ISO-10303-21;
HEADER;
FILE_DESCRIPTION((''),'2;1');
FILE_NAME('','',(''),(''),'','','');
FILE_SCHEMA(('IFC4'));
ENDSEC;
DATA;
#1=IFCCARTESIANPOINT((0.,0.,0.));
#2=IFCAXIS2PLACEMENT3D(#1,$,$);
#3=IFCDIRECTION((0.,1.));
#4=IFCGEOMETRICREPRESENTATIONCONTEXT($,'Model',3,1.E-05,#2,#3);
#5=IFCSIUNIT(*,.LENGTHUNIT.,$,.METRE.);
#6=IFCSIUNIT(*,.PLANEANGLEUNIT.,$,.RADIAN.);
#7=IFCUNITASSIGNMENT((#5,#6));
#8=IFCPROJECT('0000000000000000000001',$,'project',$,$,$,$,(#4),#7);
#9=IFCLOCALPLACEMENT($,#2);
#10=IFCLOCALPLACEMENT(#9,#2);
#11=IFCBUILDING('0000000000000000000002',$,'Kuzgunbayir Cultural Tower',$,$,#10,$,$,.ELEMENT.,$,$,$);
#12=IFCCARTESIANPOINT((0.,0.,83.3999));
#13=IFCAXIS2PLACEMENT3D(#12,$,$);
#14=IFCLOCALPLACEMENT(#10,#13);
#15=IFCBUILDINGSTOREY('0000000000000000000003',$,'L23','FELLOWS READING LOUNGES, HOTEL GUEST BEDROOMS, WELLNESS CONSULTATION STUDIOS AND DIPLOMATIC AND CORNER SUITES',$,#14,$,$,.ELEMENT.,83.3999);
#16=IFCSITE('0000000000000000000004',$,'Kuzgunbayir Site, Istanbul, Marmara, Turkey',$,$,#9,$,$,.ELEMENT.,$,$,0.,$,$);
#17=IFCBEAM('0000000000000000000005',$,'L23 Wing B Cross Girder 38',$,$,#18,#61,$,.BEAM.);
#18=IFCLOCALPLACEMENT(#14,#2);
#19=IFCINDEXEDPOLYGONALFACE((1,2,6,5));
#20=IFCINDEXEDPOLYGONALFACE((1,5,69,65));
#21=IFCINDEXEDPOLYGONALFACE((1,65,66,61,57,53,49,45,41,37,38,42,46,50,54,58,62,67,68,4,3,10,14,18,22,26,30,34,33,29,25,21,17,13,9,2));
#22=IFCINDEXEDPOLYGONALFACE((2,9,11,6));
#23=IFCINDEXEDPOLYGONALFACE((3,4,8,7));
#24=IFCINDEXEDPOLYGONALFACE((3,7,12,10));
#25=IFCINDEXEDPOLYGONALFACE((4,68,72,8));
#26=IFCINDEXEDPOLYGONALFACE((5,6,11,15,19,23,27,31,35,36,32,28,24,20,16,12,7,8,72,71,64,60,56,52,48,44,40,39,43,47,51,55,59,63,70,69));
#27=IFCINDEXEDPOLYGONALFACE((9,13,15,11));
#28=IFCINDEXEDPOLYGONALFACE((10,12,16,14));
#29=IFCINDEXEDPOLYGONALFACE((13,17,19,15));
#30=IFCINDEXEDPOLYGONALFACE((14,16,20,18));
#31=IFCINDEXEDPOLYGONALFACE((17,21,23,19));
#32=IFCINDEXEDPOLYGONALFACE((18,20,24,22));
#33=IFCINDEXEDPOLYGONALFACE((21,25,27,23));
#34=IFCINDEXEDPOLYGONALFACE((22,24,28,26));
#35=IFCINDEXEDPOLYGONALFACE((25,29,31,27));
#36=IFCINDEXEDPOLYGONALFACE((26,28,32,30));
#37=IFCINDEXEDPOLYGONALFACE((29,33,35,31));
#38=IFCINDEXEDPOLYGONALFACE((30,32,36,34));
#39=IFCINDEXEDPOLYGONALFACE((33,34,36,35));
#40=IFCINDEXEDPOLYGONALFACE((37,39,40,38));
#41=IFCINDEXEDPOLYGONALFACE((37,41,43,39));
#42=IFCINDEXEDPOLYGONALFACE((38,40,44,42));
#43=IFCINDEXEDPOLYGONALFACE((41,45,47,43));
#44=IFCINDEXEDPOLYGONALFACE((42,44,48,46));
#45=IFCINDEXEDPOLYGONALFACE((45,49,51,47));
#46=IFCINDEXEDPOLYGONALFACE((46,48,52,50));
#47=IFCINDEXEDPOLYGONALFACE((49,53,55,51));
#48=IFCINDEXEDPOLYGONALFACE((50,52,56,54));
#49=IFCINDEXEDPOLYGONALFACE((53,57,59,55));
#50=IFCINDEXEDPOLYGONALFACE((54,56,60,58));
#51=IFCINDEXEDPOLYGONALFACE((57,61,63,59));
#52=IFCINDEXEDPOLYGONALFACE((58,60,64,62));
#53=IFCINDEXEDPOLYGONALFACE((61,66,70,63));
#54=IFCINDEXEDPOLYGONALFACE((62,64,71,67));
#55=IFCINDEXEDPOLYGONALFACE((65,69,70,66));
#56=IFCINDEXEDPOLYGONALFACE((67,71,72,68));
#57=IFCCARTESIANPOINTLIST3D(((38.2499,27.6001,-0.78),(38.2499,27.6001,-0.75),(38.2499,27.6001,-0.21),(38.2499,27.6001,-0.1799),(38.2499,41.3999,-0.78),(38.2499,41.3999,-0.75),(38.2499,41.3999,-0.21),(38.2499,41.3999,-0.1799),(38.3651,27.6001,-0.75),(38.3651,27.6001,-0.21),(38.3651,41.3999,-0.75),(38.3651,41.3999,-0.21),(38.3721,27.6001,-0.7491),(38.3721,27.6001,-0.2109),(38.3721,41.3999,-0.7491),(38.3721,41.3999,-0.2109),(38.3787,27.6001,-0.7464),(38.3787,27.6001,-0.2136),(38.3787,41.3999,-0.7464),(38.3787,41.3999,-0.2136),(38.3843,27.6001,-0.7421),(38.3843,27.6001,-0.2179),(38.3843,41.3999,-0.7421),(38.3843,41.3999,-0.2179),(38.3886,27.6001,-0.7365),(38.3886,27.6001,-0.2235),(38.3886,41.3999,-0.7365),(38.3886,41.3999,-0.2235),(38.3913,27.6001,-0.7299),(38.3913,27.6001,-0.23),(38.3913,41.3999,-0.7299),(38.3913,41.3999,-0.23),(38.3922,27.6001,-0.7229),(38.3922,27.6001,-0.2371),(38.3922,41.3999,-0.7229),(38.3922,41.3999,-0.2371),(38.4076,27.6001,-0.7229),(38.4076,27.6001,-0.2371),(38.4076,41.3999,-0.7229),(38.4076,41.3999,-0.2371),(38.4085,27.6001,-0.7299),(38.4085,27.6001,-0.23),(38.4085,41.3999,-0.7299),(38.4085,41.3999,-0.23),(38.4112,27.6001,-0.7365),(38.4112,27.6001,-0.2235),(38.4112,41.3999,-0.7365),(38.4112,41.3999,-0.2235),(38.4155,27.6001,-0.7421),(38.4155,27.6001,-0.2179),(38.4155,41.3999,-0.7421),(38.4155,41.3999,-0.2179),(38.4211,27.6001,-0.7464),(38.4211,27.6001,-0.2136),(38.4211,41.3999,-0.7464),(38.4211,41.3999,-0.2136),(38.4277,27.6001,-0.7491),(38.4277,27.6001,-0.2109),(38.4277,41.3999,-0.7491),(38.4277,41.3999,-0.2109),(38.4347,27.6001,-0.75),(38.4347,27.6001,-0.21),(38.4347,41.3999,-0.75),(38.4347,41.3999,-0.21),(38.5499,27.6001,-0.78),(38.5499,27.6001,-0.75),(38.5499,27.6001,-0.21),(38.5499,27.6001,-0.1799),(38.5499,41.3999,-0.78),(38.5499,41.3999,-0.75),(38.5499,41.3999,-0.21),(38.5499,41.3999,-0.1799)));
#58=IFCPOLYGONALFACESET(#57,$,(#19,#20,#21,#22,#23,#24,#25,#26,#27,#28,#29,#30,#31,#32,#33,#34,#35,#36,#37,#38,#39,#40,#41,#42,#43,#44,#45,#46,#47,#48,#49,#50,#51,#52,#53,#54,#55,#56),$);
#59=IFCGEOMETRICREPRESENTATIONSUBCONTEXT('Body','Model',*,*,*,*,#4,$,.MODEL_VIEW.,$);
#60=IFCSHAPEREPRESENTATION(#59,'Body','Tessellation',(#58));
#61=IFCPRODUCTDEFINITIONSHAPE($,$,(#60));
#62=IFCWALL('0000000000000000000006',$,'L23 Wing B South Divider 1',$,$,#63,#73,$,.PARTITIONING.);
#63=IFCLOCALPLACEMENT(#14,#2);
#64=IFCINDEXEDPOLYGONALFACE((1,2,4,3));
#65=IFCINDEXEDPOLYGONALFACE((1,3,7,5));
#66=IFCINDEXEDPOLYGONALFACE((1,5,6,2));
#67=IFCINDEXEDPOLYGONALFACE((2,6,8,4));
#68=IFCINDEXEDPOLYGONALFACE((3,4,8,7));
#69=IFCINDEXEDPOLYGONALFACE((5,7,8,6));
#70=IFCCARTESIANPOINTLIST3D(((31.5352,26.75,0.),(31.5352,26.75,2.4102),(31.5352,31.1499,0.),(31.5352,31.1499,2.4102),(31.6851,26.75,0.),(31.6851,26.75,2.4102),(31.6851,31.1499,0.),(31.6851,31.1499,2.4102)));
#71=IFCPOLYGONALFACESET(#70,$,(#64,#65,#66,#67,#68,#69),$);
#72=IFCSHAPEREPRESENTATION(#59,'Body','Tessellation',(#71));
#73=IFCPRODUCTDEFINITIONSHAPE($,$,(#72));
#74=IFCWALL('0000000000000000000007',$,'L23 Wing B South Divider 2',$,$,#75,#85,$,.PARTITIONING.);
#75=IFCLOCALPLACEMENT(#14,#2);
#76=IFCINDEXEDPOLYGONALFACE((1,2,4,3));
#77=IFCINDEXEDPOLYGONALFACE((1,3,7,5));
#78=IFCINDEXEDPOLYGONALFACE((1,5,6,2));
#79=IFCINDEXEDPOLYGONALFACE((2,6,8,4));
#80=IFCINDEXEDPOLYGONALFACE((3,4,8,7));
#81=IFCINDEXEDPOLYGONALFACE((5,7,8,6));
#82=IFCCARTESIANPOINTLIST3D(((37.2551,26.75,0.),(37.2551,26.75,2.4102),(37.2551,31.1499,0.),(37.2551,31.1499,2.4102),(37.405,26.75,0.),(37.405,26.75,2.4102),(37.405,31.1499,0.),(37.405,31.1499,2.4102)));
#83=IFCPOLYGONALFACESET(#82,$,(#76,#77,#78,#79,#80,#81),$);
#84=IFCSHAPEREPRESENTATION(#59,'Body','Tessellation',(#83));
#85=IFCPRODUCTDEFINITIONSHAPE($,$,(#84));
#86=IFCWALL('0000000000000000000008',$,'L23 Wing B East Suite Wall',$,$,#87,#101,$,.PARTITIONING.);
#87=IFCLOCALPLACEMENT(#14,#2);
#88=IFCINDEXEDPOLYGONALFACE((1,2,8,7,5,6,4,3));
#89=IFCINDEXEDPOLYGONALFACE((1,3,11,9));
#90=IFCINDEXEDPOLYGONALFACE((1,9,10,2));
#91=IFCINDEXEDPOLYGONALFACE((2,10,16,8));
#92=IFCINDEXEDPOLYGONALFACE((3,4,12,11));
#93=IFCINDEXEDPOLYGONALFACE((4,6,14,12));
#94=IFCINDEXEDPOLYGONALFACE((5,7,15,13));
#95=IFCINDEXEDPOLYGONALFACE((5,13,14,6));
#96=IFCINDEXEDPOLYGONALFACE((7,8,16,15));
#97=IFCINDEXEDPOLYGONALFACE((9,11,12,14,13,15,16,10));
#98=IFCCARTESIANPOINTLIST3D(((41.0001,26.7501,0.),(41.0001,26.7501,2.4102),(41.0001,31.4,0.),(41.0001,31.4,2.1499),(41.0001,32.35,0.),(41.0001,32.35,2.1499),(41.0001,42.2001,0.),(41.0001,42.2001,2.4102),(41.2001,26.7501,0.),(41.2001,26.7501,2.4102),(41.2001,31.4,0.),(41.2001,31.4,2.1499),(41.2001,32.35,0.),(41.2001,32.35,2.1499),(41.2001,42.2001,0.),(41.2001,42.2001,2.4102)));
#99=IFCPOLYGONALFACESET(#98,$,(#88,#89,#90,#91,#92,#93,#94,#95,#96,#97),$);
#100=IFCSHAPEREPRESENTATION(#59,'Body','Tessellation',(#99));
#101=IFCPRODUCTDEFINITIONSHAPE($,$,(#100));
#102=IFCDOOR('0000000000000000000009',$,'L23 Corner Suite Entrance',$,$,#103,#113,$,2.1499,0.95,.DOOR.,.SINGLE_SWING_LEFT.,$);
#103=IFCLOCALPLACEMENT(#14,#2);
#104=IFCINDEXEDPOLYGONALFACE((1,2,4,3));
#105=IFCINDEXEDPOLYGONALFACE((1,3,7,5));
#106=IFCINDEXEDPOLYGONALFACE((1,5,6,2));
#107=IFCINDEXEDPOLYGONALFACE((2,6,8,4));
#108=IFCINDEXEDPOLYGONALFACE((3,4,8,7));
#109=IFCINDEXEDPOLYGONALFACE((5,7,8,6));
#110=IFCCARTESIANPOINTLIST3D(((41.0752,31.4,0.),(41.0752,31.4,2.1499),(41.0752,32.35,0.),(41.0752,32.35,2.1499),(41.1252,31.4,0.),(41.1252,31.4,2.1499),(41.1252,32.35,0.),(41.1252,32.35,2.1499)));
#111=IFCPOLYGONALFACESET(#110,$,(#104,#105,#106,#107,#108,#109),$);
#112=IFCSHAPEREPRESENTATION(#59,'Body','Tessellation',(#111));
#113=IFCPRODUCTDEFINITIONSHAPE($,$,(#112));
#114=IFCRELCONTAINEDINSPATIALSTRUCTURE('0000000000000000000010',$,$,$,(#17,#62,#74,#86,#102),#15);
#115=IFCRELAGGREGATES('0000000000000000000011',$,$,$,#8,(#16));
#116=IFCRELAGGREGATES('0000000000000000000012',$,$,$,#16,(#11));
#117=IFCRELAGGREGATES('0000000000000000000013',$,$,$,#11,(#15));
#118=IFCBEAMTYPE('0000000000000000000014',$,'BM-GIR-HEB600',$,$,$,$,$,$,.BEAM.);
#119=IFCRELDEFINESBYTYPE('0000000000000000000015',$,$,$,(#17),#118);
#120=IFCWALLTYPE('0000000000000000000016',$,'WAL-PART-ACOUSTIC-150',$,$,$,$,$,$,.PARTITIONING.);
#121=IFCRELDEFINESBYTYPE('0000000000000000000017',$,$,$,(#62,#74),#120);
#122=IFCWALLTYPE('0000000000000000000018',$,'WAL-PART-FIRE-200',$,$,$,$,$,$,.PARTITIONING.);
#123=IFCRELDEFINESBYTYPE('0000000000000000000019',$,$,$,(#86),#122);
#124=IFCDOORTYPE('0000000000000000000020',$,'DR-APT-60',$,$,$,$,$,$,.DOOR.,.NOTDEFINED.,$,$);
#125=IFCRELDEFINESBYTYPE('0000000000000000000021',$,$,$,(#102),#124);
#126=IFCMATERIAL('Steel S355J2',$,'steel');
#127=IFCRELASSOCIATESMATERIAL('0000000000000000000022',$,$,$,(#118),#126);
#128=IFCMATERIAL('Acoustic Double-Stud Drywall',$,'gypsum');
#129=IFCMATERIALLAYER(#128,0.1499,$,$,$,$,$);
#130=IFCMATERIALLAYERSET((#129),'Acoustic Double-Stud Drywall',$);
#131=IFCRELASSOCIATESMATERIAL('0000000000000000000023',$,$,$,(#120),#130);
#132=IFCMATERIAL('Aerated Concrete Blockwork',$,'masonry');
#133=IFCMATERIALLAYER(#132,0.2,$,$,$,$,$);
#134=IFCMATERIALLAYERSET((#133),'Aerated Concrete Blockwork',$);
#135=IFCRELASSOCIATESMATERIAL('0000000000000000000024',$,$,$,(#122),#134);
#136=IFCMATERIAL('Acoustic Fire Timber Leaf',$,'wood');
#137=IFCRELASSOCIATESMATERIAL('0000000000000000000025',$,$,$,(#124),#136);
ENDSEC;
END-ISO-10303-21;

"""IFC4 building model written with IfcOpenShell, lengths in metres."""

from ifc_helpers import new_model, si_unit, direction, frame, frame_2d, origin, origin_2d, place, context, subcontext, project, spatial, rectangle, i_section, extrude, material, layer, layer_set, material_profile, profile_set, type_object, element, fill, save


model = new_model("IFC4")

# Units and contexts
model_context = context("Model", 3, precision=1e-05, world=origin(), true_north=direction((0.0, 1.0)))
body_context = subcontext(model_context, "Body", "Model", "MODEL_VIEW")
ifc_project = project(units=[si_unit("LENGTHUNIT", "METRE"), si_unit("PLANEANGLEUNIT", "RADIAN")], contexts=[model_context])

# Site, building, storey
site_placement = place(None, origin())
site = spatial("IfcSite", under=ifc_project, at=site_placement, Name="Kuzgunbayir Site, Istanbul, Marmara, Turkey", CompositionType="ELEMENT", RefElevation=0.0)
building_placement = place(site_placement, origin())
building = spatial("IfcBuilding", under=site, at=building_placement, Name="Kuzgunbayir Cultural Tower", CompositionType="ELEMENT")
storey_placement = place(building_placement, frame((0.0, 0.0, 83.3999)))
storey = spatial("IfcBuildingStorey", under=building, at=storey_placement, Name="L23", Description="FELLOWS READING LOUNGES, HOTEL GUEST BEDROOMS, WELLNESS CONSULTATION STUDIOS AND DIPLOMATIC AND CORNER SUITES", CompositionType="ELEMENT", Elevation=83.3999)

# Beam
ifc_material_1 = material(Name="Steel S355J2", Category="steel")
ifc_material_profile_1 = material_profile(ifc_material_1, i_section(OverallWidth=0.3, OverallDepth=0.6001, WebThickness=0.0154, FlangeThickness=0.03, FilletRadius=0.0271, at=origin_2d()), Name="HEB 600")
ifc_profile_set_1 = profile_set([ifc_material_profile_1], Name="Steel S355J2")
beam_type_1 = type_object("IfcBeamType", Name="BM-GIR-HEB600", PredefinedType="BEAM", material=ifc_profile_set_1)
beam_1_placement = place(storey_placement, frame((38.3999, 27.6001, -0.48), z_axis=(0.0, 1.0, 0.0), x_axis=(-1.0, 0.0, 0.0)))
element("IfcBeam", 1, at=beam_1_placement, inside=storey, type_object=beam_type_1, Name="L23 Wing B Cross Girder 38", PredefinedType="BEAM", context=body_context, shape_type="SweptSolid", body=[
    extrude(i_section(OverallWidth=0.3, OverallDepth=0.6001, WebThickness=0.0154, FlangeThickness=0.03, FilletRadius=0.0271, at=origin_2d()), origin(), (0.0, 0.0, 1.0), 13.7998),
])

# Walls
ifc_material_2 = material(Name="Acoustic Double-Stud Drywall", Category="gypsum")
ifc_layer_1 = layer(ifc_material_2, 0.1499)
ifc_layer_set_1 = layer_set([ifc_layer_1], Name="Acoustic Double-Stud Drywall")
wall_type_1 = type_object("IfcWallType", Name="WAL-PART-ACOUSTIC-150", PredefinedType="PARTITIONING", material=ifc_layer_set_1)
for number, where, z_axis, x_axis, name in (
    (2, (31.6101, 26.75, 0.0), (0.0, 0.0, 1.0), (0.0, 1.0, 0.0), "L23 Wing B South Divider 1"),
    (3, (37.3301, 26.75, 0.0), (0.0, 0.0, 1.0), (0.0, 1.0, 0.0), "L23 Wing B South Divider 2"),
):
    element("IfcWall", number, at=place(storey_placement, frame(where, z_axis=z_axis, x_axis=x_axis)), inside=storey, type_object=wall_type_1, Name=name, PredefinedType="PARTITIONING", context=body_context, shape_type="SweptSolid", body=[
        extrude(rectangle(XDim=4.3999, YDim=0.1499, at=frame_2d((2.2, 0.0))), origin(), (0.0, 0.0, 1.0), 2.4102),
    ])

# Wall, opening, door
ifc_material_3 = material(Name="Aerated Concrete Blockwork", Category="masonry")
ifc_layer_2 = layer(ifc_material_3, 0.2)
ifc_layer_set_2 = layer_set([ifc_layer_2], Name="Aerated Concrete Blockwork")
wall_type_2 = type_object("IfcWallType", Name="WAL-PART-FIRE-200", PredefinedType="PARTITIONING", material=ifc_layer_set_2)
wall_placement = place(storey_placement, frame((41.1001, 26.75, 0.0), z_axis=(0.0, 0.0, 1.0), x_axis=(0.0, 1.0, 0.0)))
wall = element("IfcWall", 4, at=wall_placement, inside=storey, type_object=wall_type_2, Name="L23 Wing B East Suite Wall", PredefinedType="PARTITIONING", context=body_context, shape_type="SweptSolid", body=[
    extrude(rectangle(XDim=15.45, YDim=0.2, at=frame_2d((7.7251, 0.0))), origin(), (0.0, 0.0, 1.0), 2.4102),
])
opening_placement = place(wall_placement, frame((4.6499, 0.0, 0.0)))
opening = element("IfcOpeningElement", 5, at=opening_placement, cuts=wall, PredefinedType="OPENING", context=body_context, shape_type="SweptSolid", body=[
    extrude(rectangle(XDim=0.95, YDim=2.1499, at=frame_2d((0.4751, 1.075))), frame((0.0, 0.1099, 0.0), z_axis=(0.0, -1.0, 0.0), x_axis=(1.0, 0.0, 0.0)), (0.0, 0.0, 1.0), 0.22),
])
ifc_material_4 = material(Name="Acoustic Fire Timber Leaf", Category="wood")
door_type = type_object("IfcDoorType", Name="DR-APT-60", OperationType="NOTDEFINED", PredefinedType="DOOR", material=ifc_material_4)
door_placement = place(opening_placement, origin())
door = element("IfcDoor", 6, at=door_placement, inside=storey, type_object=door_type, Name="L23 Corner Suite Entrance", OperationType="SINGLE_SWING_LEFT", OverallHeight=2.1499, OverallWidth=0.95, PredefinedType="DOOR", context=body_context, shape_type="SweptSolid", body=[
    extrude(rectangle(XDim=0.95, YDim=2.1499, at=frame_2d((0.4751, 1.075))), frame((0.0, 0.0249, 0.0), z_axis=(0.0, -1.0, 0.0), x_axis=(1.0, 0.0, 0.0)), (0.0, 0.0, 1.0), 0.05),
])
fill(opening, door)

save(model, "model.ifc")
